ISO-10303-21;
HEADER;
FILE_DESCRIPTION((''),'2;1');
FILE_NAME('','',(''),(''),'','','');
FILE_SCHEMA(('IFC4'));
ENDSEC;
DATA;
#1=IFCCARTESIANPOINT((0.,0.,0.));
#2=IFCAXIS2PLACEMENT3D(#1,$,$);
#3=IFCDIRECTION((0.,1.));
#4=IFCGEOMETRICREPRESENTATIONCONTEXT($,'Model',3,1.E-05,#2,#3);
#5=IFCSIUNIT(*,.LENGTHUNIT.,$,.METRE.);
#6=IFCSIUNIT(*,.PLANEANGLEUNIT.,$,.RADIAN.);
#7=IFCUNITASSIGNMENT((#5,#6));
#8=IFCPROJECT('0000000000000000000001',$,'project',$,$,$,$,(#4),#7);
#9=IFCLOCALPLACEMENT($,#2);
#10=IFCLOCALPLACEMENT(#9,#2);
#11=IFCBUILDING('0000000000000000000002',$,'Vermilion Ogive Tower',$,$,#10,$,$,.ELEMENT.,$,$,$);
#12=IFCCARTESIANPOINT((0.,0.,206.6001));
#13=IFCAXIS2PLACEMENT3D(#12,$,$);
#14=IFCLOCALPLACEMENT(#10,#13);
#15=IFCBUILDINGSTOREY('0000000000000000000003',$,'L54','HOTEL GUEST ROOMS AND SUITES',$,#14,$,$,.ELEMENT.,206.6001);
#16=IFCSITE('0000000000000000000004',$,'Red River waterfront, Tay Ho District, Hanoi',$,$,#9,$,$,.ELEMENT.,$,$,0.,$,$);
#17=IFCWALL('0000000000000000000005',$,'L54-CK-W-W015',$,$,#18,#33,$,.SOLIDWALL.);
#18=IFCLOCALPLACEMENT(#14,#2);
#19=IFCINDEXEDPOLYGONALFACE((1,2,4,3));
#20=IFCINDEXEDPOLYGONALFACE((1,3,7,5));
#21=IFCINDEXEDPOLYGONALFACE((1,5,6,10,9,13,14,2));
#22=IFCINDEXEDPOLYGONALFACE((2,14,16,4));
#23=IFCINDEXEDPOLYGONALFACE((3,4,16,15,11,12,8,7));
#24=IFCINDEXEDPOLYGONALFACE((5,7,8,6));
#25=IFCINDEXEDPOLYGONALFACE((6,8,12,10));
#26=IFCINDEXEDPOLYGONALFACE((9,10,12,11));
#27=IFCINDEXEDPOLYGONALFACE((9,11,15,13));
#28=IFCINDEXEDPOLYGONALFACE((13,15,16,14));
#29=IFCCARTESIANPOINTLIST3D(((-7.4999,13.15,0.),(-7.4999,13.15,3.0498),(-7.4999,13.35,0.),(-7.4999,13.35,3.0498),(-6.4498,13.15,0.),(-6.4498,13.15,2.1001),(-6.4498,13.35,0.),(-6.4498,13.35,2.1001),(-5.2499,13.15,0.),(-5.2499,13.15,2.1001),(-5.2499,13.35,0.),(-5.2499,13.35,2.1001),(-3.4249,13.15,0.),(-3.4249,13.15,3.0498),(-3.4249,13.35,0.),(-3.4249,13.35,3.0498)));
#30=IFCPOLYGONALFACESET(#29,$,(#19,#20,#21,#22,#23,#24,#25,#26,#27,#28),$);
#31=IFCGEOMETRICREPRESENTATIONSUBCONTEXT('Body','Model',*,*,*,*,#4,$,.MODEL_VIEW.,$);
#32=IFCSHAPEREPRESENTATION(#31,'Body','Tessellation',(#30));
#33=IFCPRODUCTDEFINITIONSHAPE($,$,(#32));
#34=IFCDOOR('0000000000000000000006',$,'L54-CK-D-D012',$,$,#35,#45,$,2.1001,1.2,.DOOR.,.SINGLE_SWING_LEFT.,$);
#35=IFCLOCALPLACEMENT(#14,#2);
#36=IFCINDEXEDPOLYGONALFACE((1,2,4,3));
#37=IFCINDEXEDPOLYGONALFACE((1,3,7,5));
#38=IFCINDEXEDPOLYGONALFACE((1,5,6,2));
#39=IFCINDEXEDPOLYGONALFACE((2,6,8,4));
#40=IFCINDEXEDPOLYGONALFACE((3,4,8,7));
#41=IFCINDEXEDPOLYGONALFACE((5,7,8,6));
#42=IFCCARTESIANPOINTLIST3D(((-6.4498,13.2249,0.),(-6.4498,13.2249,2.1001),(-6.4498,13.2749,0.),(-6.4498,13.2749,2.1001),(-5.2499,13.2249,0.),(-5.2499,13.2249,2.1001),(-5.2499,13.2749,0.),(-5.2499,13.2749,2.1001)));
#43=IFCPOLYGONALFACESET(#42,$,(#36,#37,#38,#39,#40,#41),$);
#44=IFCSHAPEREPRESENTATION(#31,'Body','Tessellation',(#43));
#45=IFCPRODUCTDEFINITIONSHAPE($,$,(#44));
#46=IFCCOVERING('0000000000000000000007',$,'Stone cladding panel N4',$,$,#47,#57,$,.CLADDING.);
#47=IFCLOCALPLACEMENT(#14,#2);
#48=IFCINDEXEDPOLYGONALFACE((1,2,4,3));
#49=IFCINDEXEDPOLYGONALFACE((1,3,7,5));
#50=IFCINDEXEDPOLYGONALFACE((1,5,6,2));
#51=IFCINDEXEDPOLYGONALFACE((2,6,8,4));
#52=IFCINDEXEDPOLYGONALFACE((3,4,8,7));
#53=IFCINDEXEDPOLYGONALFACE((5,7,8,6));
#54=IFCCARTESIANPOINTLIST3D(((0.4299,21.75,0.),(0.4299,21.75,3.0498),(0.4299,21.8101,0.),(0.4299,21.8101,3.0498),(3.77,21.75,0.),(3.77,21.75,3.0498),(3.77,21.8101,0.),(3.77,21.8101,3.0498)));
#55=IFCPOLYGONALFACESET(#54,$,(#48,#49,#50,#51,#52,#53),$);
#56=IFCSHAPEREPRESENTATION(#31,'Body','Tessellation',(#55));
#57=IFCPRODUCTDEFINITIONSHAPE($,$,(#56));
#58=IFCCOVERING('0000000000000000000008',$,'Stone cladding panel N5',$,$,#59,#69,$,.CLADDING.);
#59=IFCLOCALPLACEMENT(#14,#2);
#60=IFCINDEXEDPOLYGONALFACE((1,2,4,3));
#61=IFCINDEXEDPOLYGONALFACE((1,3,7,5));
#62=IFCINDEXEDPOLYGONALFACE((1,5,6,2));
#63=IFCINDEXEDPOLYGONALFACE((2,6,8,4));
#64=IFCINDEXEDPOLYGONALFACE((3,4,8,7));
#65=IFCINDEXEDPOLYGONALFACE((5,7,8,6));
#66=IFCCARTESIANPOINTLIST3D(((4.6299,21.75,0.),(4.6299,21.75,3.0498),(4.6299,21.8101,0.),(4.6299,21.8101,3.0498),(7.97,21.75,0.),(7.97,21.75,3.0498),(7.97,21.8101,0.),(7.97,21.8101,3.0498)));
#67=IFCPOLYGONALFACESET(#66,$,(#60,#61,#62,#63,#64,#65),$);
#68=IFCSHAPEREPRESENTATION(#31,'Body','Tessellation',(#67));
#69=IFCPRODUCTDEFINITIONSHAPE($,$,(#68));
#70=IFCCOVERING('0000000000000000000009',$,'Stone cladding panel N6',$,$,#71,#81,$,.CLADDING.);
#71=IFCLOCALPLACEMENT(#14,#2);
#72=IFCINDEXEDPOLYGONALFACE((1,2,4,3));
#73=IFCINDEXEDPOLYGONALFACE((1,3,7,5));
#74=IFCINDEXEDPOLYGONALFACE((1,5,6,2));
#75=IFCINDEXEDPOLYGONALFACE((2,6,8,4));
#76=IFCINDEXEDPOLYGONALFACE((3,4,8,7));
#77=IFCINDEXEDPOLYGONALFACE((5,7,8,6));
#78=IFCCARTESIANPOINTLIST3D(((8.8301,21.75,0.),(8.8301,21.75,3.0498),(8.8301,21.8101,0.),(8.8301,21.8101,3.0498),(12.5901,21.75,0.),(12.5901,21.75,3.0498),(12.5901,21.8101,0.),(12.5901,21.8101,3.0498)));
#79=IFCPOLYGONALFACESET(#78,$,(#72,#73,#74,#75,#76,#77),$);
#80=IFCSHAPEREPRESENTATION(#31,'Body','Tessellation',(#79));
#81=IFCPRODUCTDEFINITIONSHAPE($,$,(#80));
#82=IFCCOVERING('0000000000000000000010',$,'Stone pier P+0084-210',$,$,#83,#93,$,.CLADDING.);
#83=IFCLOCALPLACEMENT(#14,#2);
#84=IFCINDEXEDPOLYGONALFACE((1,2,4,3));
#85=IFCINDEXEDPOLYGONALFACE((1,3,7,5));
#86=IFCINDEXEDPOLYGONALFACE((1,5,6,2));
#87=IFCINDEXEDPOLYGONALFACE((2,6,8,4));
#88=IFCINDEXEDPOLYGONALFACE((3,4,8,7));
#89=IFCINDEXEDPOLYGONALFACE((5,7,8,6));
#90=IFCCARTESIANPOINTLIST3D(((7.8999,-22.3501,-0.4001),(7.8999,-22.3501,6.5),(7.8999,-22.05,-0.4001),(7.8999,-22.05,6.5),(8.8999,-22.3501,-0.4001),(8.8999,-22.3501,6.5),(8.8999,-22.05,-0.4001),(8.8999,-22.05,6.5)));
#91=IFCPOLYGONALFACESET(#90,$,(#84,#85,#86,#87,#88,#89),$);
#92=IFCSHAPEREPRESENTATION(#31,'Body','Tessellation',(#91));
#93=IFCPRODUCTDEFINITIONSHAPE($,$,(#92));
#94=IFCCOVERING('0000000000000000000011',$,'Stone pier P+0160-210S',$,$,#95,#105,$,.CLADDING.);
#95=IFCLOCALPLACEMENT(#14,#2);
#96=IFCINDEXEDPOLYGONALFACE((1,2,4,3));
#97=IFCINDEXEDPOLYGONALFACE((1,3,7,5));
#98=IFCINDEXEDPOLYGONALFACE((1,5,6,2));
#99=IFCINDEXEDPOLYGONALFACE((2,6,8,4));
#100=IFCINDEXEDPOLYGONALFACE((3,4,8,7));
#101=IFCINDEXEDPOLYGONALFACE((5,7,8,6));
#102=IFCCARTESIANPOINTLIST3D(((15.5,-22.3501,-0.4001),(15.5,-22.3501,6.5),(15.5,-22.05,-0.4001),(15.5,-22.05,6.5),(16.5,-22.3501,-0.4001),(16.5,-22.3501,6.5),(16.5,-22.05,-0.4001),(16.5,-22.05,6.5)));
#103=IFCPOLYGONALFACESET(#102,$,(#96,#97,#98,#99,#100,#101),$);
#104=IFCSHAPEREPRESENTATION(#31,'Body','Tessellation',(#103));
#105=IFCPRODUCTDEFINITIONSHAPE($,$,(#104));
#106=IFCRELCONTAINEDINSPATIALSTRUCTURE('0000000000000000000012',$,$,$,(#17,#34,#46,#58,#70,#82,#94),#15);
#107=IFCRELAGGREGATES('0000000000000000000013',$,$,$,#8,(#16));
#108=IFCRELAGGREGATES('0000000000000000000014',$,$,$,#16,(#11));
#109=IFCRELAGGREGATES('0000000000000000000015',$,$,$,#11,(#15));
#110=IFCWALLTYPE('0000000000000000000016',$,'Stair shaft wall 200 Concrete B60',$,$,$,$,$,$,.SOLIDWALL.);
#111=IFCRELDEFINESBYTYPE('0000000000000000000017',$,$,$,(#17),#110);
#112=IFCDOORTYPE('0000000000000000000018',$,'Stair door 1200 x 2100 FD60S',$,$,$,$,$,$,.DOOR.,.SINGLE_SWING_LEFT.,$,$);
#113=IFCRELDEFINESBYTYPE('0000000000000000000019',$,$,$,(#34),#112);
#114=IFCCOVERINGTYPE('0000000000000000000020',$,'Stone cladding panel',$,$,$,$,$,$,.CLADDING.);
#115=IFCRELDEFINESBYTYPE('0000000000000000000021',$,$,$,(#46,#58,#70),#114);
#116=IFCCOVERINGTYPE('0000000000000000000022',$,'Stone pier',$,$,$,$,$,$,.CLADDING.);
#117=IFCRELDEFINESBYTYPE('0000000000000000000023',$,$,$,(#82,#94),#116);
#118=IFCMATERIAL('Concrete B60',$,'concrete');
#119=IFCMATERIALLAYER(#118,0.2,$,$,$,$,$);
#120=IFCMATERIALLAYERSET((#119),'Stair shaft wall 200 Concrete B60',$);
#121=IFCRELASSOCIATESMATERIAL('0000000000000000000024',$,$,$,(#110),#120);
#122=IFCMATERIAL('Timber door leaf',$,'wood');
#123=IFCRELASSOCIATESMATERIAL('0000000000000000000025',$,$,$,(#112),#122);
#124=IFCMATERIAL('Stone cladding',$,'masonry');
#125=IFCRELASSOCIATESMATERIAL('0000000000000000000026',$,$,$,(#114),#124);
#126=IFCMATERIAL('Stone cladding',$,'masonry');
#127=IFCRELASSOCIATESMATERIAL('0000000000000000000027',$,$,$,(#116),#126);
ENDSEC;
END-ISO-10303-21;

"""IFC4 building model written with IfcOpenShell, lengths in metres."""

from ifc_helpers import new_model, si_unit, direction, frame, frame_2d, origin, place, context, subcontext, project, spatial, polyline, rectangle, outline, extrude, material, layer, layer_set, type_object, element, fill, save


model = new_model("IFC4")

# Units and contexts
model_context = context("Model", 3, precision=1e-05, world=origin(), true_north=direction((0.0, 1.0)))
body_context = subcontext(model_context, "Body", "Model", "MODEL_VIEW")
ifc_project = project(units=[si_unit("LENGTHUNIT", "METRE"), si_unit("PLANEANGLEUNIT", "RADIAN")], contexts=[model_context])

# Site, building, storey
site_placement = place(None, origin())
site = spatial("IfcSite", under=ifc_project, at=site_placement, Name="Red River waterfront, Tay Ho District, Hanoi", CompositionType="ELEMENT", RefElevation=0.0)
building_placement = place(site_placement, origin())
building = spatial("IfcBuilding", under=site, at=building_placement, Name="Vermilion Ogive Tower", CompositionType="ELEMENT")
storey_placement = place(building_placement, frame((0.0, 0.0, 206.6001)))
storey = spatial("IfcBuildingStorey", under=building, at=storey_placement, Name="L54", Description="HOTEL GUEST ROOMS AND SUITES", CompositionType="ELEMENT", Elevation=206.6001)

# Wall, opening, door
ifc_material_1 = material(Name="Concrete B60", Category="concrete")
ifc_layer_1 = layer(ifc_material_1, 0.2)
ifc_layer_set_1 = layer_set([ifc_layer_1], Name="Stair shaft wall 200 Concrete B60")
wall_type_1 = type_object("IfcWallType", Name="Stair shaft wall 200 Concrete B60", PredefinedType="SOLIDWALL", material=ifc_layer_set_1)
wall_1_placement = place(storey_placement, frame((-7.5, 13.25, 0.0), z_axis=(0.0, 0.0, 1.0), x_axis=(1.0, 0.0, 0.0)))
wall_1 = element("IfcWall", 1, at=wall_1_placement, inside=storey, type_object=wall_type_1, Name="L54-CK-W-W015", PredefinedType="SOLIDWALL", context=body_context, shape_type="SweptSolid", body=[
    extrude(rectangle(XDim=4.075, YDim=0.2, at=frame_2d((2.0376, 0.0))), origin(), (0.0, 0.0, 1.0), 3.0498),
])
opening_1_placement = place(wall_1_placement, frame((1.05, 0.0, 0.0)))
opening_1 = element("IfcOpeningElement", 2, at=opening_1_placement, cuts=wall_1, PredefinedType="OPENING", context=body_context, shape_type="SweptSolid", body=[
    extrude(rectangle(XDim=1.2, YDim=2.1001, at=frame_2d((0.6001, 1.05))), frame((0.0, 0.1099, 0.0), z_axis=(0.0, -1.0, 0.0), x_axis=(1.0, 0.0, 0.0)), (0.0, 0.0, 1.0), 0.22),
])
ifc_material_2 = material(Name="Timber door leaf", Category="wood")
door_type_1 = type_object("IfcDoorType", Name="Stair door 1200 x 2100 FD60S", OperationType="SINGLE_SWING_LEFT", PredefinedType="DOOR", material=ifc_material_2)
door_1_placement = place(opening_1_placement, origin())
door_1 = element("IfcDoor", 3, at=door_1_placement, inside=storey, type_object=door_type_1, Name="L54-CK-D-D012", OperationType="SINGLE_SWING_LEFT", OverallHeight=2.1001, OverallWidth=1.2, PredefinedType="DOOR", context=body_context, shape_type="SweptSolid", body=[
    extrude(rectangle(XDim=1.2, YDim=2.1001, at=frame_2d((0.6001, 1.05))), frame((0.0, 0.0249, 0.0), z_axis=(0.0, -1.0, 0.0), x_axis=(1.0, 0.0, 0.0)), (0.0, 0.0, 1.0), 0.05),
])
fill(opening_1, door_1)

# Coverings
ifc_material_3 = material(Name="Stone cladding", Category="masonry")
covering_type_1 = type_object("IfcCoveringType", Name="Stone cladding panel", PredefinedType="CLADDING", material=ifc_material_3)
covering_1_placement = place(storey_placement, origin())
element("IfcCovering", 4, at=covering_1_placement, inside=storey, type_object=covering_type_1, Name="Stone cladding panel N4", PredefinedType="CLADDING", context=body_context, shape_type="SweptSolid", body=[
    extrude(outline(polyline([(0.4299, 21.75), (3.77, 21.75), (3.77, 21.8101), (0.4299, 21.8101), (0.4299, 21.75)])), origin(), (0.0, 0.0, 1.0), 3.0498),
])
covering_2_placement = place(storey_placement, origin())
element("IfcCovering", 5, at=covering_2_placement, inside=storey, type_object=covering_type_1, Name="Stone cladding panel N5", PredefinedType="CLADDING", context=body_context, shape_type="SweptSolid", body=[
    extrude(outline(polyline([(4.6299, 21.75), (7.97, 21.75), (7.97, 21.8101), (4.6299, 21.8101), (4.6299, 21.75)])), origin(), (0.0, 0.0, 1.0), 3.0498),
])
covering_3_placement = place(storey_placement, origin())
element("IfcCovering", 6, at=covering_3_placement, inside=storey, type_object=covering_type_1, Name="Stone cladding panel N6", PredefinedType="CLADDING", context=body_context, shape_type="SweptSolid", body=[
    extrude(outline(polyline([(8.8301, 21.75), (12.5901, 21.75), (12.5901, 21.8101), (8.8301, 21.8101), (8.8301, 21.75)])), origin(), (0.0, 0.0, 1.0), 3.0498),
])
ifc_material_4 = material(Name="Stone cladding", Category="masonry")
covering_type_2 = type_object("IfcCoveringType", Name="Stone pier", PredefinedType="CLADDING", material=ifc_material_4)
covering_4_placement = place(storey_placement, frame((0.0, 0.0, -0.4001)))
element("IfcCovering", 7, at=covering_4_placement, inside=storey, type_object=covering_type_2, Name="Stone pier P+0084-210", PredefinedType="CLADDING", context=body_context, shape_type="SweptSolid", body=[
    extrude(outline(polyline([(8.8999, -22.3501), (7.8999, -22.3501), (7.8999, -22.05), (8.8999, -22.05), (8.8999, -22.3501)])), origin(), (0.0, 0.0, 1.0), 6.9001),
])
covering_5_placement = place(storey_placement, frame((0.0, 0.0, -0.4001)))
element("IfcCovering", 8, at=covering_5_placement, inside=storey, type_object=covering_type_2, Name="Stone pier P+0160-210S", PredefinedType="CLADDING", context=body_context, shape_type="SweptSolid", body=[
    extrude(outline(polyline([(16.5, -22.3501), (15.5, -22.3501), (15.5, -22.05), (16.5, -22.05), (16.5, -22.3501)])), origin(), (0.0, 0.0, 1.0), 6.9001),
])

save(model, "model.ifc")
